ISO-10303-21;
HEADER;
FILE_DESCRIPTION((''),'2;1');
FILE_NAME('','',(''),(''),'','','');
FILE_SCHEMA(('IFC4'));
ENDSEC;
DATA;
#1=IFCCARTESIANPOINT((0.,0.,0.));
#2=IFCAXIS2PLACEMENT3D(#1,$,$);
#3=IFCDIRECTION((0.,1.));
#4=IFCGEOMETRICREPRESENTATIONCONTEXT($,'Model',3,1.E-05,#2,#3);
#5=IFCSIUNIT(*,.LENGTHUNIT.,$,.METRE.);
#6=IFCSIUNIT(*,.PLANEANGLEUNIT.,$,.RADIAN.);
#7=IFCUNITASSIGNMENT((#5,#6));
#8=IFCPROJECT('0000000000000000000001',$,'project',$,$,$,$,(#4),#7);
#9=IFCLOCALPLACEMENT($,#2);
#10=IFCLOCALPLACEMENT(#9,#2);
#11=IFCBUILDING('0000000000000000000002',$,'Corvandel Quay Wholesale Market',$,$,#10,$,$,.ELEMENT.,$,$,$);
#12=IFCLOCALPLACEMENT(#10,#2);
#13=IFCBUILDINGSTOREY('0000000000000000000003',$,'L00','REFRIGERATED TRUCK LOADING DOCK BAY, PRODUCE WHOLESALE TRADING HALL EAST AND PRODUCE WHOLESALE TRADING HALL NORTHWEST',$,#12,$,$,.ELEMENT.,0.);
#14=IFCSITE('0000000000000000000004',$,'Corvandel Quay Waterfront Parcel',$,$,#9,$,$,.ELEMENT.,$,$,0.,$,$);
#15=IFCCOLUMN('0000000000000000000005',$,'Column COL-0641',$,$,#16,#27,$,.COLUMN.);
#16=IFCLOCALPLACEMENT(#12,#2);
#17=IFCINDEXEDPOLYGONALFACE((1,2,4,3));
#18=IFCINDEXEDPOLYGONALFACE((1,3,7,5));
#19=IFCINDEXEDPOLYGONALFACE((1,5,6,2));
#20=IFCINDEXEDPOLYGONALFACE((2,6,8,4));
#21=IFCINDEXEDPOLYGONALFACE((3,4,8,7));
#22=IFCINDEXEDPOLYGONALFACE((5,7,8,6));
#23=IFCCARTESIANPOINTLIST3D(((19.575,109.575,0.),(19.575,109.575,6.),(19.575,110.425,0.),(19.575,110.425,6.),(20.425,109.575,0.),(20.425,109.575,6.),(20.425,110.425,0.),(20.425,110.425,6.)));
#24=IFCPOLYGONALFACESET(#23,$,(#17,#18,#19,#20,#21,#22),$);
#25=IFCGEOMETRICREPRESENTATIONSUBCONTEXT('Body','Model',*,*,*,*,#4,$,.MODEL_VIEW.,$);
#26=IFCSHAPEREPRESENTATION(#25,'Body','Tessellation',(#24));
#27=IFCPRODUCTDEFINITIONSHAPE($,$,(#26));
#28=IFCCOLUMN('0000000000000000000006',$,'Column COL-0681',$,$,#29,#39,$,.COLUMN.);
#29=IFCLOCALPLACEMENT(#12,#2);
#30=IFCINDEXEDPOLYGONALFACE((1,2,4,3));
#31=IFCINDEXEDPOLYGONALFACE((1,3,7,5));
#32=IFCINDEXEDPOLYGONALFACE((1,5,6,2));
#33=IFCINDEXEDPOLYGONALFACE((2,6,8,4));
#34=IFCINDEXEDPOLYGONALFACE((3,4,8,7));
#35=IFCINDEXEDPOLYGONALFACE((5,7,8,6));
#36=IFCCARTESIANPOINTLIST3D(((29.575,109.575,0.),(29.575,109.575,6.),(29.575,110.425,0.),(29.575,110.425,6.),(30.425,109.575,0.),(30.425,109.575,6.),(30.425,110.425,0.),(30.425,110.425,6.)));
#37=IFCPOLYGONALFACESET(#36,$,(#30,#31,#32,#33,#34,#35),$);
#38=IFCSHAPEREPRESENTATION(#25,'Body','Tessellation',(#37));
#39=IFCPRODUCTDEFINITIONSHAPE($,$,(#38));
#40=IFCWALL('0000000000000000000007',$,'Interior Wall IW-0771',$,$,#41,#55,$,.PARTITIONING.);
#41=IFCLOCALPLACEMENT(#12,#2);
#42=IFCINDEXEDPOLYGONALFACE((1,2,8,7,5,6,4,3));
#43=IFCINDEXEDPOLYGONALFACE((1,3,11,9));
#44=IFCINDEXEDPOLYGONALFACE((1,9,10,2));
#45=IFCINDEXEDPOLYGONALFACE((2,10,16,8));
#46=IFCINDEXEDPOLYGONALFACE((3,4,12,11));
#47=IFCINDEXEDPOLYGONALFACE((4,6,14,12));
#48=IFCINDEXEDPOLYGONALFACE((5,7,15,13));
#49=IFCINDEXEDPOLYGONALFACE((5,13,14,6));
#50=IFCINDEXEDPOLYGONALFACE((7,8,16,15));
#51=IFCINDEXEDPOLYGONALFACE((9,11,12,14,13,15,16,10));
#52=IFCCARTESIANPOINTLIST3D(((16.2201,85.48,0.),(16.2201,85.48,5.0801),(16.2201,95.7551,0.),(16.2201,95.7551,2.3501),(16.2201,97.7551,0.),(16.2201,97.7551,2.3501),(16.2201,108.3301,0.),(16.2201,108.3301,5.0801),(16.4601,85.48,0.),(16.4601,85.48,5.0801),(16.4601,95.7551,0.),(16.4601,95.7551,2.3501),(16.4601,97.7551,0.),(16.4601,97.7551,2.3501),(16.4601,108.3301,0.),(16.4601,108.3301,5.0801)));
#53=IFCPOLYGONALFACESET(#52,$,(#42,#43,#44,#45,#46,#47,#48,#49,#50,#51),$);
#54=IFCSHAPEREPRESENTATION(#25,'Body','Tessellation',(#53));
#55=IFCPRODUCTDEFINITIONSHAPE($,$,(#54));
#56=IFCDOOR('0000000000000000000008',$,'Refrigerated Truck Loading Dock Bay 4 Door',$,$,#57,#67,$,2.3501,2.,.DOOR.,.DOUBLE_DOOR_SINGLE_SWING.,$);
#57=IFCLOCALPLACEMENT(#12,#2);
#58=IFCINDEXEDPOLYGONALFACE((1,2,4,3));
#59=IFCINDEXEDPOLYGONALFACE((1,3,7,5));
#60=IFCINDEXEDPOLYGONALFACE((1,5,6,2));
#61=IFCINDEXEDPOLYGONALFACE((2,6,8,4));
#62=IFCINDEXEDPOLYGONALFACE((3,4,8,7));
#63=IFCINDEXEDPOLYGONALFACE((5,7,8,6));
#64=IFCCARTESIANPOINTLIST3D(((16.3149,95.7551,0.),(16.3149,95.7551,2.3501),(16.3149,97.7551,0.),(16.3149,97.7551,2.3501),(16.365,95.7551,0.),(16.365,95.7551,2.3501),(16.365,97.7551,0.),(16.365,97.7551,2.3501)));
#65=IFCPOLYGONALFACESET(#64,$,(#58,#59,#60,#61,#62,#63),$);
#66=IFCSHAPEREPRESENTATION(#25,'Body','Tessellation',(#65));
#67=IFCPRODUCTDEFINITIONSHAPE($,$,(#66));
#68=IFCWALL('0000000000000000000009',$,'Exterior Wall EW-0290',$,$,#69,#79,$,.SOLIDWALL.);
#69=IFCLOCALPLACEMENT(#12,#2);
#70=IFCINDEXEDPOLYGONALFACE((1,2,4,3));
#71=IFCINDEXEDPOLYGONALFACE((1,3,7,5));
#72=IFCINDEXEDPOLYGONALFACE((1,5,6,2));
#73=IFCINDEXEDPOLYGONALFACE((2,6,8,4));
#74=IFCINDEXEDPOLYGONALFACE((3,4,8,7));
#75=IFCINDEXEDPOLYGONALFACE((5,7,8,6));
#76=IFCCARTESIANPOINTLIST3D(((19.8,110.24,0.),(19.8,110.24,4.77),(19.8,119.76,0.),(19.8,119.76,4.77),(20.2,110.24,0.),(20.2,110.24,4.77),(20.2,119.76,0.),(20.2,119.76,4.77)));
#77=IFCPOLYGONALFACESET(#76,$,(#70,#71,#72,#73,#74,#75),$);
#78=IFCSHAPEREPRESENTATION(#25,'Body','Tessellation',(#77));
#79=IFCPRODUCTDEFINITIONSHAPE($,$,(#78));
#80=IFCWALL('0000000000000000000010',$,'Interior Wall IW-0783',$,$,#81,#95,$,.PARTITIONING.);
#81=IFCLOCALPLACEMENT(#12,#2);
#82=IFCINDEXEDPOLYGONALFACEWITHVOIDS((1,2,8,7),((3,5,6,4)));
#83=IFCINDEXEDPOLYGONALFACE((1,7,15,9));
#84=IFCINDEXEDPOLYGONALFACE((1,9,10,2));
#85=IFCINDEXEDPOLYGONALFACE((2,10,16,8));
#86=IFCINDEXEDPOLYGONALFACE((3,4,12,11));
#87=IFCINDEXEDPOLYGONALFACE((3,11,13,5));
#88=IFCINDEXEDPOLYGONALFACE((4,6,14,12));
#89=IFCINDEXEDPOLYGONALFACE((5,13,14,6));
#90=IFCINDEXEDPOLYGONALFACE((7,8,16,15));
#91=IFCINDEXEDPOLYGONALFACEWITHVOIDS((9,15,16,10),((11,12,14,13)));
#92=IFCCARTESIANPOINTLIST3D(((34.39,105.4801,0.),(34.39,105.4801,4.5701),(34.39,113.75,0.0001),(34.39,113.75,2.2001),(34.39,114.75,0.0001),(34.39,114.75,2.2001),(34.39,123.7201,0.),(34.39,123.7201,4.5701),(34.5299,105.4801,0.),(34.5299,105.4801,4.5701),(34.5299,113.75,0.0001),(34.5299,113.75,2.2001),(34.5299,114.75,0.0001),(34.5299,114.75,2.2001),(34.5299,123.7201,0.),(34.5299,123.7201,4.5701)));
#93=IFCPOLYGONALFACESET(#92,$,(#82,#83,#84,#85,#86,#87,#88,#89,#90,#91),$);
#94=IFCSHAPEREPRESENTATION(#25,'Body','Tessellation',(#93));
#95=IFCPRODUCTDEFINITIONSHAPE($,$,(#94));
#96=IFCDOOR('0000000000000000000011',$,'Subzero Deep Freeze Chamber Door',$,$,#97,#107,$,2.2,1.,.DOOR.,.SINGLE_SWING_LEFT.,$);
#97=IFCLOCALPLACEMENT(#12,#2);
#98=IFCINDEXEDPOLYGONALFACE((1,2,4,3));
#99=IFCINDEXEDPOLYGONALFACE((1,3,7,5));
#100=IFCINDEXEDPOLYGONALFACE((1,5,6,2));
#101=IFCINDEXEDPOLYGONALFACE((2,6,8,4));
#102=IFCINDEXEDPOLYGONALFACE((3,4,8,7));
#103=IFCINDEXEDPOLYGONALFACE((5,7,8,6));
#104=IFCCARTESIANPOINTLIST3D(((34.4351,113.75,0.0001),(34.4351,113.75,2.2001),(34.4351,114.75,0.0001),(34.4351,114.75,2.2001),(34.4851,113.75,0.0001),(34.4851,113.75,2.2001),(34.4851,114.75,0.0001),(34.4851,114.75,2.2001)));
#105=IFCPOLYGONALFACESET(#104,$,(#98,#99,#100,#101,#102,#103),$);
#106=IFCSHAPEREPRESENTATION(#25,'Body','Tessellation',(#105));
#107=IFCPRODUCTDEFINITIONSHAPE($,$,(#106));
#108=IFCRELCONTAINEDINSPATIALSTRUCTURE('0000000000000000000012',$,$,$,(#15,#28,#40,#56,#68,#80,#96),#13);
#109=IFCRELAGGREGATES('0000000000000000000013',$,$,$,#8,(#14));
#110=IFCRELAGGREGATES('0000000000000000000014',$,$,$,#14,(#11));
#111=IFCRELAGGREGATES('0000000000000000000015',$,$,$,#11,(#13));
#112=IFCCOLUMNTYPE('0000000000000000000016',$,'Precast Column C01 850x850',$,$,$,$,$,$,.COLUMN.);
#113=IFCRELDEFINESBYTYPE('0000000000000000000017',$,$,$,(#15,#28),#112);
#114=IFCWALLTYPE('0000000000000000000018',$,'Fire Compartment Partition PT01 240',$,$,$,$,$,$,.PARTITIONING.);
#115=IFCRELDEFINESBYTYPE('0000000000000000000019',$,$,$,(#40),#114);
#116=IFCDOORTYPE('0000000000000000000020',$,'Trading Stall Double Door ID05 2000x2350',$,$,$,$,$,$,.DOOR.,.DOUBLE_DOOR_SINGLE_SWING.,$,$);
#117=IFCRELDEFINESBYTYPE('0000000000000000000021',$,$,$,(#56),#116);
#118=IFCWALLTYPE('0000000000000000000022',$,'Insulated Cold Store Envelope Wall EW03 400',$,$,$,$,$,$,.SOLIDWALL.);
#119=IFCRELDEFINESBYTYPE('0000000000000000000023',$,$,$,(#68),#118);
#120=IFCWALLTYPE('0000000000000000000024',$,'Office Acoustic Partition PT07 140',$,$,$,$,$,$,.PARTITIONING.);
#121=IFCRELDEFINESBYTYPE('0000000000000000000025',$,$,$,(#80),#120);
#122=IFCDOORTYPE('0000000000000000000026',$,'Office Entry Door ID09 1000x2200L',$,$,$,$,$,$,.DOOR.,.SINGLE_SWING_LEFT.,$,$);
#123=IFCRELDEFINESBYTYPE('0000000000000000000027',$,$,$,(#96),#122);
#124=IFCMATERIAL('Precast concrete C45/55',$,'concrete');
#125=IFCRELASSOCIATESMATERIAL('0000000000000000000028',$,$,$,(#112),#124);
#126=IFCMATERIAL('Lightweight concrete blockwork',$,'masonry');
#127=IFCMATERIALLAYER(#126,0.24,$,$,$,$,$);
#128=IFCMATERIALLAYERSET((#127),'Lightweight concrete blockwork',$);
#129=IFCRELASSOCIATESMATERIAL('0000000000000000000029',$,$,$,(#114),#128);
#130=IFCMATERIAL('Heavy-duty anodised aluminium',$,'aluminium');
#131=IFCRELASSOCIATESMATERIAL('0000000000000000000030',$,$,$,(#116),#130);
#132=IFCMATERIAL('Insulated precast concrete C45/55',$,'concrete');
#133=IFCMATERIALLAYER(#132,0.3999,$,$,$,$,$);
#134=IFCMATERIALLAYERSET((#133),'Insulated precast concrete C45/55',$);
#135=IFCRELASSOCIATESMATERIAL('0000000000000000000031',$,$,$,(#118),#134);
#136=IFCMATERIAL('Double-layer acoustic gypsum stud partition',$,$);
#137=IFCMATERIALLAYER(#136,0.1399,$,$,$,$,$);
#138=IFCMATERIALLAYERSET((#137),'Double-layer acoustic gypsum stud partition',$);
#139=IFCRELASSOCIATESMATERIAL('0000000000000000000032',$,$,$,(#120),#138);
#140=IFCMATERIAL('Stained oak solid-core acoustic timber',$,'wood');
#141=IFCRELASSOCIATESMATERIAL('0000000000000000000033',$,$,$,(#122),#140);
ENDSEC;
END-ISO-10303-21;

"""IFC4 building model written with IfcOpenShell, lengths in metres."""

from ifc_helpers import new_model, si_unit, direction, frame, frame_2d, origin, origin_2d, place, context, subcontext, project, spatial, rectangle, extrude, material, layer, layer_set, material_profile, profile_set, type_object, element, fill, save


model = new_model("IFC4")

# Units and contexts
model_context = context("Model", 3, precision=1e-05, world=origin(), true_north=direction((0.0, 1.0)))
body_context = subcontext(model_context, "Body", "Model", "MODEL_VIEW")
ifc_project = project(units=[si_unit("LENGTHUNIT", "METRE"), si_unit("PLANEANGLEUNIT", "RADIAN")], contexts=[model_context])

# Site, building, storey
site_placement = place(None, origin())
site = spatial("IfcSite", under=ifc_project, at=site_placement, Name="Corvandel Quay Waterfront Parcel", CompositionType="ELEMENT", RefElevation=0.0)
building_placement = place(site_placement, origin())
building = spatial("IfcBuilding", under=site, at=building_placement, Name="Corvandel Quay Wholesale Market", CompositionType="ELEMENT")
storey_placement = place(building_placement, origin())
storey = spatial("IfcBuildingStorey", under=building, at=storey_placement, Name="L00", Description="REFRIGERATED TRUCK LOADING DOCK BAY, PRODUCE WHOLESALE TRADING HALL EAST AND PRODUCE WHOLESALE TRADING HALL NORTHWEST", CompositionType="ELEMENT", Elevation=0.0)

# Columns
ifc_material_1 = material(Name="Precast concrete C45/55", Category="concrete")
ifc_material_profile_1 = material_profile(ifc_material_1, rectangle(XDim=0.8501, YDim=0.8501, at=origin_2d()), Name="PC-COL-850x850")
ifc_profile_set_1 = profile_set([ifc_material_profile_1], Name="Precast concrete C45/55")
column_type = type_object("IfcColumnType", Name="Precast Column C01 850x850", PredefinedType="COLUMN", material=ifc_profile_set_1)
for number, where, z_axis, x_axis, name in (
    (1, (20.0, 110.0, 0.0), (0.0, 0.0, 1.0), (1.0, 0.0, 0.0), "Column COL-0641"),
    (2, (30.0, 110.0, 0.0), (0.0, 0.0, 1.0), (1.0, 0.0, 0.0), "Column COL-0681"),
):
    element("IfcColumn", number, at=place(storey_placement, frame(where, z_axis=z_axis, x_axis=x_axis)), inside=storey, type_object=column_type, Name=name, PredefinedType="COLUMN", context=body_context, shape_type="SweptSolid", body=[
        extrude(rectangle(XDim=0.8501, YDim=0.8501, at=origin_2d()), origin(), (0.0, 0.0, 1.0), 6.0),
    ])

# Wall, opening, door
ifc_material_2 = material(Name="Lightweight concrete blockwork", Category="masonry")
ifc_layer_1 = layer(ifc_material_2, 0.24)
ifc_layer_set_1 = layer_set([ifc_layer_1], Name="Lightweight concrete blockwork")
wall_type_1 = type_object("IfcWallType", Name="Fire Compartment Partition PT01 240", PredefinedType="PARTITIONING", material=ifc_layer_set_1)
wall_1_placement = place(storey_placement, frame((16.3401, 108.3301, 0.0), z_axis=(0.0, 0.0, 1.0), x_axis=(0.0, -1.0, 0.0)))
wall_1 = element("IfcWall", 3, at=wall_1_placement, inside=storey, type_object=wall_type_1, Name="Interior Wall IW-0771", PredefinedType="PARTITIONING", context=body_context, shape_type="SweptSolid", body=[
    extrude(rectangle(XDim=22.8501, YDim=0.24, at=frame_2d((11.425, 0.0))), origin(), (0.0, 0.0, 1.0), 5.0801),
])
opening_1_placement = place(wall_1_placement, frame((10.575, 0.0, 0.0)))
opening_1 = element("IfcOpeningElement", 4, at=opening_1_placement, cuts=wall_1, PredefinedType="OPENING", context=body_context, shape_type="SweptSolid", body=[
    extrude(rectangle(XDim=2.0, YDim=2.3501, at=frame_2d((1.0, 1.175))), frame((0.0, 0.1299, 0.0), z_axis=(0.0, -1.0, 0.0), x_axis=(1.0, 0.0, 0.0)), (0.0, 0.0, 1.0), 0.26),
])
ifc_material_3 = material(Name="Heavy-duty anodised aluminium", Category="aluminium")
door_type_1 = type_object("IfcDoorType", Name="Trading Stall Double Door ID05 2000x2350", OperationType="DOUBLE_DOOR_SINGLE_SWING", PredefinedType="DOOR", material=ifc_material_3)
door_1_placement = place(opening_1_placement, origin())
door_1 = element("IfcDoor", 5, at=door_1_placement, inside=storey, type_object=door_type_1, Name="Refrigerated Truck Loading Dock Bay 4 Door", OperationType="DOUBLE_DOOR_SINGLE_SWING", OverallHeight=2.3501, OverallWidth=2.0, PredefinedType="DOOR", context=body_context, shape_type="SweptSolid", body=[
    extrude(rectangle(XDim=2.0, YDim=2.3501, at=frame_2d((1.0, 1.175))), frame((0.0, 0.0249, 0.0), z_axis=(0.0, -1.0, 0.0), x_axis=(1.0, 0.0, 0.0)), (0.0, 0.0, 1.0), 0.05),
])
fill(opening_1, door_1)

# Wall
ifc_material_4 = material(Name="Insulated precast concrete C45/55", Category="concrete")
ifc_layer_2 = layer(ifc_material_4, 0.3999)
ifc_layer_set_2 = layer_set([ifc_layer_2], Name="Insulated precast concrete C45/55")
wall_type_2 = type_object("IfcWallType", Name="Insulated Cold Store Envelope Wall EW03 400", PredefinedType="SOLIDWALL", material=ifc_layer_set_2)
wall_2_placement = place(storey_placement, frame((20.0, 110.24, 0.0), z_axis=(0.0, 0.0, 1.0), x_axis=(0.0, 1.0, 0.0)))
element("IfcWall", 6, at=wall_2_placement, inside=storey, type_object=wall_type_2, Name="Exterior Wall EW-0290", PredefinedType="SOLIDWALL", context=body_context, shape_type="SweptSolid", body=[
    extrude(rectangle(XDim=9.52, YDim=0.3999, at=frame_2d((4.76, 0.0))), origin(), (0.0, 0.0, 1.0), 4.77),
])

# Wall, opening, door
ifc_material_5 = material(Name="Double-layer acoustic gypsum stud partition")
ifc_layer_3 = layer(ifc_material_5, 0.1399)
ifc_layer_set_3 = layer_set([ifc_layer_3], Name="Double-layer acoustic gypsum stud partition")
wall_type_3 = type_object("IfcWallType", Name="Office Acoustic Partition PT07 140", PredefinedType="PARTITIONING", material=ifc_layer_set_3)
wall_3_placement = place(storey_placement, frame((34.46, 105.48, 0.0), z_axis=(0.0, 0.0, 1.0), x_axis=(0.0, 1.0, 0.0)))
wall_3 = element("IfcWall", 7, at=wall_3_placement, inside=storey, type_object=wall_type_3, Name="Interior Wall IW-0783", PredefinedType="PARTITIONING", context=body_context, shape_type="SweptSolid", body=[
    extrude(rectangle(XDim=18.24, YDim=0.1399, at=frame_2d((9.1201, 0.0))), origin(), (0.0, 0.0, 1.0), 4.5701),
])
opening_2_placement = place(wall_3_placement, frame((8.27, 0.0, 0.0)))
opening_2 = element("IfcOpeningElement", 8, at=opening_2_placement, cuts=wall_3, PredefinedType="OPENING", context=body_context, shape_type="SweptSolid", body=[
    extrude(rectangle(XDim=1.0, YDim=2.2, at=frame_2d((0.5, 1.1001))), frame((0.0, 0.0798, 0.0), z_axis=(0.0, -1.0, 0.0), x_axis=(1.0, 0.0, 0.0)), (0.0, 0.0, 1.0), 0.1599),
])
ifc_material_6 = material(Name="Stained oak solid-core acoustic timber", Category="wood")
door_type_2 = type_object("IfcDoorType", Name="Office Entry Door ID09 1000x2200L", OperationType="SINGLE_SWING_LEFT", PredefinedType="DOOR", material=ifc_material_6)
door_2_placement = place(opening_2_placement, origin())
door_2 = element("IfcDoor", 9, at=door_2_placement, inside=storey, type_object=door_type_2, Name="Subzero Deep Freeze Chamber Door", OperationType="SINGLE_SWING_LEFT", OverallHeight=2.2, OverallWidth=1.0, PredefinedType="DOOR", context=body_context, shape_type="SweptSolid", body=[
    extrude(rectangle(XDim=1.0, YDim=2.2, at=frame_2d((0.5, 1.1001))), frame((0.0, 0.0249, 0.0), z_axis=(0.0, -1.0, 0.0), x_axis=(1.0, 0.0, 0.0)), (0.0, 0.0, 1.0), 0.05),
])
fill(opening_2, door_2)

save(model, "model.ifc")
